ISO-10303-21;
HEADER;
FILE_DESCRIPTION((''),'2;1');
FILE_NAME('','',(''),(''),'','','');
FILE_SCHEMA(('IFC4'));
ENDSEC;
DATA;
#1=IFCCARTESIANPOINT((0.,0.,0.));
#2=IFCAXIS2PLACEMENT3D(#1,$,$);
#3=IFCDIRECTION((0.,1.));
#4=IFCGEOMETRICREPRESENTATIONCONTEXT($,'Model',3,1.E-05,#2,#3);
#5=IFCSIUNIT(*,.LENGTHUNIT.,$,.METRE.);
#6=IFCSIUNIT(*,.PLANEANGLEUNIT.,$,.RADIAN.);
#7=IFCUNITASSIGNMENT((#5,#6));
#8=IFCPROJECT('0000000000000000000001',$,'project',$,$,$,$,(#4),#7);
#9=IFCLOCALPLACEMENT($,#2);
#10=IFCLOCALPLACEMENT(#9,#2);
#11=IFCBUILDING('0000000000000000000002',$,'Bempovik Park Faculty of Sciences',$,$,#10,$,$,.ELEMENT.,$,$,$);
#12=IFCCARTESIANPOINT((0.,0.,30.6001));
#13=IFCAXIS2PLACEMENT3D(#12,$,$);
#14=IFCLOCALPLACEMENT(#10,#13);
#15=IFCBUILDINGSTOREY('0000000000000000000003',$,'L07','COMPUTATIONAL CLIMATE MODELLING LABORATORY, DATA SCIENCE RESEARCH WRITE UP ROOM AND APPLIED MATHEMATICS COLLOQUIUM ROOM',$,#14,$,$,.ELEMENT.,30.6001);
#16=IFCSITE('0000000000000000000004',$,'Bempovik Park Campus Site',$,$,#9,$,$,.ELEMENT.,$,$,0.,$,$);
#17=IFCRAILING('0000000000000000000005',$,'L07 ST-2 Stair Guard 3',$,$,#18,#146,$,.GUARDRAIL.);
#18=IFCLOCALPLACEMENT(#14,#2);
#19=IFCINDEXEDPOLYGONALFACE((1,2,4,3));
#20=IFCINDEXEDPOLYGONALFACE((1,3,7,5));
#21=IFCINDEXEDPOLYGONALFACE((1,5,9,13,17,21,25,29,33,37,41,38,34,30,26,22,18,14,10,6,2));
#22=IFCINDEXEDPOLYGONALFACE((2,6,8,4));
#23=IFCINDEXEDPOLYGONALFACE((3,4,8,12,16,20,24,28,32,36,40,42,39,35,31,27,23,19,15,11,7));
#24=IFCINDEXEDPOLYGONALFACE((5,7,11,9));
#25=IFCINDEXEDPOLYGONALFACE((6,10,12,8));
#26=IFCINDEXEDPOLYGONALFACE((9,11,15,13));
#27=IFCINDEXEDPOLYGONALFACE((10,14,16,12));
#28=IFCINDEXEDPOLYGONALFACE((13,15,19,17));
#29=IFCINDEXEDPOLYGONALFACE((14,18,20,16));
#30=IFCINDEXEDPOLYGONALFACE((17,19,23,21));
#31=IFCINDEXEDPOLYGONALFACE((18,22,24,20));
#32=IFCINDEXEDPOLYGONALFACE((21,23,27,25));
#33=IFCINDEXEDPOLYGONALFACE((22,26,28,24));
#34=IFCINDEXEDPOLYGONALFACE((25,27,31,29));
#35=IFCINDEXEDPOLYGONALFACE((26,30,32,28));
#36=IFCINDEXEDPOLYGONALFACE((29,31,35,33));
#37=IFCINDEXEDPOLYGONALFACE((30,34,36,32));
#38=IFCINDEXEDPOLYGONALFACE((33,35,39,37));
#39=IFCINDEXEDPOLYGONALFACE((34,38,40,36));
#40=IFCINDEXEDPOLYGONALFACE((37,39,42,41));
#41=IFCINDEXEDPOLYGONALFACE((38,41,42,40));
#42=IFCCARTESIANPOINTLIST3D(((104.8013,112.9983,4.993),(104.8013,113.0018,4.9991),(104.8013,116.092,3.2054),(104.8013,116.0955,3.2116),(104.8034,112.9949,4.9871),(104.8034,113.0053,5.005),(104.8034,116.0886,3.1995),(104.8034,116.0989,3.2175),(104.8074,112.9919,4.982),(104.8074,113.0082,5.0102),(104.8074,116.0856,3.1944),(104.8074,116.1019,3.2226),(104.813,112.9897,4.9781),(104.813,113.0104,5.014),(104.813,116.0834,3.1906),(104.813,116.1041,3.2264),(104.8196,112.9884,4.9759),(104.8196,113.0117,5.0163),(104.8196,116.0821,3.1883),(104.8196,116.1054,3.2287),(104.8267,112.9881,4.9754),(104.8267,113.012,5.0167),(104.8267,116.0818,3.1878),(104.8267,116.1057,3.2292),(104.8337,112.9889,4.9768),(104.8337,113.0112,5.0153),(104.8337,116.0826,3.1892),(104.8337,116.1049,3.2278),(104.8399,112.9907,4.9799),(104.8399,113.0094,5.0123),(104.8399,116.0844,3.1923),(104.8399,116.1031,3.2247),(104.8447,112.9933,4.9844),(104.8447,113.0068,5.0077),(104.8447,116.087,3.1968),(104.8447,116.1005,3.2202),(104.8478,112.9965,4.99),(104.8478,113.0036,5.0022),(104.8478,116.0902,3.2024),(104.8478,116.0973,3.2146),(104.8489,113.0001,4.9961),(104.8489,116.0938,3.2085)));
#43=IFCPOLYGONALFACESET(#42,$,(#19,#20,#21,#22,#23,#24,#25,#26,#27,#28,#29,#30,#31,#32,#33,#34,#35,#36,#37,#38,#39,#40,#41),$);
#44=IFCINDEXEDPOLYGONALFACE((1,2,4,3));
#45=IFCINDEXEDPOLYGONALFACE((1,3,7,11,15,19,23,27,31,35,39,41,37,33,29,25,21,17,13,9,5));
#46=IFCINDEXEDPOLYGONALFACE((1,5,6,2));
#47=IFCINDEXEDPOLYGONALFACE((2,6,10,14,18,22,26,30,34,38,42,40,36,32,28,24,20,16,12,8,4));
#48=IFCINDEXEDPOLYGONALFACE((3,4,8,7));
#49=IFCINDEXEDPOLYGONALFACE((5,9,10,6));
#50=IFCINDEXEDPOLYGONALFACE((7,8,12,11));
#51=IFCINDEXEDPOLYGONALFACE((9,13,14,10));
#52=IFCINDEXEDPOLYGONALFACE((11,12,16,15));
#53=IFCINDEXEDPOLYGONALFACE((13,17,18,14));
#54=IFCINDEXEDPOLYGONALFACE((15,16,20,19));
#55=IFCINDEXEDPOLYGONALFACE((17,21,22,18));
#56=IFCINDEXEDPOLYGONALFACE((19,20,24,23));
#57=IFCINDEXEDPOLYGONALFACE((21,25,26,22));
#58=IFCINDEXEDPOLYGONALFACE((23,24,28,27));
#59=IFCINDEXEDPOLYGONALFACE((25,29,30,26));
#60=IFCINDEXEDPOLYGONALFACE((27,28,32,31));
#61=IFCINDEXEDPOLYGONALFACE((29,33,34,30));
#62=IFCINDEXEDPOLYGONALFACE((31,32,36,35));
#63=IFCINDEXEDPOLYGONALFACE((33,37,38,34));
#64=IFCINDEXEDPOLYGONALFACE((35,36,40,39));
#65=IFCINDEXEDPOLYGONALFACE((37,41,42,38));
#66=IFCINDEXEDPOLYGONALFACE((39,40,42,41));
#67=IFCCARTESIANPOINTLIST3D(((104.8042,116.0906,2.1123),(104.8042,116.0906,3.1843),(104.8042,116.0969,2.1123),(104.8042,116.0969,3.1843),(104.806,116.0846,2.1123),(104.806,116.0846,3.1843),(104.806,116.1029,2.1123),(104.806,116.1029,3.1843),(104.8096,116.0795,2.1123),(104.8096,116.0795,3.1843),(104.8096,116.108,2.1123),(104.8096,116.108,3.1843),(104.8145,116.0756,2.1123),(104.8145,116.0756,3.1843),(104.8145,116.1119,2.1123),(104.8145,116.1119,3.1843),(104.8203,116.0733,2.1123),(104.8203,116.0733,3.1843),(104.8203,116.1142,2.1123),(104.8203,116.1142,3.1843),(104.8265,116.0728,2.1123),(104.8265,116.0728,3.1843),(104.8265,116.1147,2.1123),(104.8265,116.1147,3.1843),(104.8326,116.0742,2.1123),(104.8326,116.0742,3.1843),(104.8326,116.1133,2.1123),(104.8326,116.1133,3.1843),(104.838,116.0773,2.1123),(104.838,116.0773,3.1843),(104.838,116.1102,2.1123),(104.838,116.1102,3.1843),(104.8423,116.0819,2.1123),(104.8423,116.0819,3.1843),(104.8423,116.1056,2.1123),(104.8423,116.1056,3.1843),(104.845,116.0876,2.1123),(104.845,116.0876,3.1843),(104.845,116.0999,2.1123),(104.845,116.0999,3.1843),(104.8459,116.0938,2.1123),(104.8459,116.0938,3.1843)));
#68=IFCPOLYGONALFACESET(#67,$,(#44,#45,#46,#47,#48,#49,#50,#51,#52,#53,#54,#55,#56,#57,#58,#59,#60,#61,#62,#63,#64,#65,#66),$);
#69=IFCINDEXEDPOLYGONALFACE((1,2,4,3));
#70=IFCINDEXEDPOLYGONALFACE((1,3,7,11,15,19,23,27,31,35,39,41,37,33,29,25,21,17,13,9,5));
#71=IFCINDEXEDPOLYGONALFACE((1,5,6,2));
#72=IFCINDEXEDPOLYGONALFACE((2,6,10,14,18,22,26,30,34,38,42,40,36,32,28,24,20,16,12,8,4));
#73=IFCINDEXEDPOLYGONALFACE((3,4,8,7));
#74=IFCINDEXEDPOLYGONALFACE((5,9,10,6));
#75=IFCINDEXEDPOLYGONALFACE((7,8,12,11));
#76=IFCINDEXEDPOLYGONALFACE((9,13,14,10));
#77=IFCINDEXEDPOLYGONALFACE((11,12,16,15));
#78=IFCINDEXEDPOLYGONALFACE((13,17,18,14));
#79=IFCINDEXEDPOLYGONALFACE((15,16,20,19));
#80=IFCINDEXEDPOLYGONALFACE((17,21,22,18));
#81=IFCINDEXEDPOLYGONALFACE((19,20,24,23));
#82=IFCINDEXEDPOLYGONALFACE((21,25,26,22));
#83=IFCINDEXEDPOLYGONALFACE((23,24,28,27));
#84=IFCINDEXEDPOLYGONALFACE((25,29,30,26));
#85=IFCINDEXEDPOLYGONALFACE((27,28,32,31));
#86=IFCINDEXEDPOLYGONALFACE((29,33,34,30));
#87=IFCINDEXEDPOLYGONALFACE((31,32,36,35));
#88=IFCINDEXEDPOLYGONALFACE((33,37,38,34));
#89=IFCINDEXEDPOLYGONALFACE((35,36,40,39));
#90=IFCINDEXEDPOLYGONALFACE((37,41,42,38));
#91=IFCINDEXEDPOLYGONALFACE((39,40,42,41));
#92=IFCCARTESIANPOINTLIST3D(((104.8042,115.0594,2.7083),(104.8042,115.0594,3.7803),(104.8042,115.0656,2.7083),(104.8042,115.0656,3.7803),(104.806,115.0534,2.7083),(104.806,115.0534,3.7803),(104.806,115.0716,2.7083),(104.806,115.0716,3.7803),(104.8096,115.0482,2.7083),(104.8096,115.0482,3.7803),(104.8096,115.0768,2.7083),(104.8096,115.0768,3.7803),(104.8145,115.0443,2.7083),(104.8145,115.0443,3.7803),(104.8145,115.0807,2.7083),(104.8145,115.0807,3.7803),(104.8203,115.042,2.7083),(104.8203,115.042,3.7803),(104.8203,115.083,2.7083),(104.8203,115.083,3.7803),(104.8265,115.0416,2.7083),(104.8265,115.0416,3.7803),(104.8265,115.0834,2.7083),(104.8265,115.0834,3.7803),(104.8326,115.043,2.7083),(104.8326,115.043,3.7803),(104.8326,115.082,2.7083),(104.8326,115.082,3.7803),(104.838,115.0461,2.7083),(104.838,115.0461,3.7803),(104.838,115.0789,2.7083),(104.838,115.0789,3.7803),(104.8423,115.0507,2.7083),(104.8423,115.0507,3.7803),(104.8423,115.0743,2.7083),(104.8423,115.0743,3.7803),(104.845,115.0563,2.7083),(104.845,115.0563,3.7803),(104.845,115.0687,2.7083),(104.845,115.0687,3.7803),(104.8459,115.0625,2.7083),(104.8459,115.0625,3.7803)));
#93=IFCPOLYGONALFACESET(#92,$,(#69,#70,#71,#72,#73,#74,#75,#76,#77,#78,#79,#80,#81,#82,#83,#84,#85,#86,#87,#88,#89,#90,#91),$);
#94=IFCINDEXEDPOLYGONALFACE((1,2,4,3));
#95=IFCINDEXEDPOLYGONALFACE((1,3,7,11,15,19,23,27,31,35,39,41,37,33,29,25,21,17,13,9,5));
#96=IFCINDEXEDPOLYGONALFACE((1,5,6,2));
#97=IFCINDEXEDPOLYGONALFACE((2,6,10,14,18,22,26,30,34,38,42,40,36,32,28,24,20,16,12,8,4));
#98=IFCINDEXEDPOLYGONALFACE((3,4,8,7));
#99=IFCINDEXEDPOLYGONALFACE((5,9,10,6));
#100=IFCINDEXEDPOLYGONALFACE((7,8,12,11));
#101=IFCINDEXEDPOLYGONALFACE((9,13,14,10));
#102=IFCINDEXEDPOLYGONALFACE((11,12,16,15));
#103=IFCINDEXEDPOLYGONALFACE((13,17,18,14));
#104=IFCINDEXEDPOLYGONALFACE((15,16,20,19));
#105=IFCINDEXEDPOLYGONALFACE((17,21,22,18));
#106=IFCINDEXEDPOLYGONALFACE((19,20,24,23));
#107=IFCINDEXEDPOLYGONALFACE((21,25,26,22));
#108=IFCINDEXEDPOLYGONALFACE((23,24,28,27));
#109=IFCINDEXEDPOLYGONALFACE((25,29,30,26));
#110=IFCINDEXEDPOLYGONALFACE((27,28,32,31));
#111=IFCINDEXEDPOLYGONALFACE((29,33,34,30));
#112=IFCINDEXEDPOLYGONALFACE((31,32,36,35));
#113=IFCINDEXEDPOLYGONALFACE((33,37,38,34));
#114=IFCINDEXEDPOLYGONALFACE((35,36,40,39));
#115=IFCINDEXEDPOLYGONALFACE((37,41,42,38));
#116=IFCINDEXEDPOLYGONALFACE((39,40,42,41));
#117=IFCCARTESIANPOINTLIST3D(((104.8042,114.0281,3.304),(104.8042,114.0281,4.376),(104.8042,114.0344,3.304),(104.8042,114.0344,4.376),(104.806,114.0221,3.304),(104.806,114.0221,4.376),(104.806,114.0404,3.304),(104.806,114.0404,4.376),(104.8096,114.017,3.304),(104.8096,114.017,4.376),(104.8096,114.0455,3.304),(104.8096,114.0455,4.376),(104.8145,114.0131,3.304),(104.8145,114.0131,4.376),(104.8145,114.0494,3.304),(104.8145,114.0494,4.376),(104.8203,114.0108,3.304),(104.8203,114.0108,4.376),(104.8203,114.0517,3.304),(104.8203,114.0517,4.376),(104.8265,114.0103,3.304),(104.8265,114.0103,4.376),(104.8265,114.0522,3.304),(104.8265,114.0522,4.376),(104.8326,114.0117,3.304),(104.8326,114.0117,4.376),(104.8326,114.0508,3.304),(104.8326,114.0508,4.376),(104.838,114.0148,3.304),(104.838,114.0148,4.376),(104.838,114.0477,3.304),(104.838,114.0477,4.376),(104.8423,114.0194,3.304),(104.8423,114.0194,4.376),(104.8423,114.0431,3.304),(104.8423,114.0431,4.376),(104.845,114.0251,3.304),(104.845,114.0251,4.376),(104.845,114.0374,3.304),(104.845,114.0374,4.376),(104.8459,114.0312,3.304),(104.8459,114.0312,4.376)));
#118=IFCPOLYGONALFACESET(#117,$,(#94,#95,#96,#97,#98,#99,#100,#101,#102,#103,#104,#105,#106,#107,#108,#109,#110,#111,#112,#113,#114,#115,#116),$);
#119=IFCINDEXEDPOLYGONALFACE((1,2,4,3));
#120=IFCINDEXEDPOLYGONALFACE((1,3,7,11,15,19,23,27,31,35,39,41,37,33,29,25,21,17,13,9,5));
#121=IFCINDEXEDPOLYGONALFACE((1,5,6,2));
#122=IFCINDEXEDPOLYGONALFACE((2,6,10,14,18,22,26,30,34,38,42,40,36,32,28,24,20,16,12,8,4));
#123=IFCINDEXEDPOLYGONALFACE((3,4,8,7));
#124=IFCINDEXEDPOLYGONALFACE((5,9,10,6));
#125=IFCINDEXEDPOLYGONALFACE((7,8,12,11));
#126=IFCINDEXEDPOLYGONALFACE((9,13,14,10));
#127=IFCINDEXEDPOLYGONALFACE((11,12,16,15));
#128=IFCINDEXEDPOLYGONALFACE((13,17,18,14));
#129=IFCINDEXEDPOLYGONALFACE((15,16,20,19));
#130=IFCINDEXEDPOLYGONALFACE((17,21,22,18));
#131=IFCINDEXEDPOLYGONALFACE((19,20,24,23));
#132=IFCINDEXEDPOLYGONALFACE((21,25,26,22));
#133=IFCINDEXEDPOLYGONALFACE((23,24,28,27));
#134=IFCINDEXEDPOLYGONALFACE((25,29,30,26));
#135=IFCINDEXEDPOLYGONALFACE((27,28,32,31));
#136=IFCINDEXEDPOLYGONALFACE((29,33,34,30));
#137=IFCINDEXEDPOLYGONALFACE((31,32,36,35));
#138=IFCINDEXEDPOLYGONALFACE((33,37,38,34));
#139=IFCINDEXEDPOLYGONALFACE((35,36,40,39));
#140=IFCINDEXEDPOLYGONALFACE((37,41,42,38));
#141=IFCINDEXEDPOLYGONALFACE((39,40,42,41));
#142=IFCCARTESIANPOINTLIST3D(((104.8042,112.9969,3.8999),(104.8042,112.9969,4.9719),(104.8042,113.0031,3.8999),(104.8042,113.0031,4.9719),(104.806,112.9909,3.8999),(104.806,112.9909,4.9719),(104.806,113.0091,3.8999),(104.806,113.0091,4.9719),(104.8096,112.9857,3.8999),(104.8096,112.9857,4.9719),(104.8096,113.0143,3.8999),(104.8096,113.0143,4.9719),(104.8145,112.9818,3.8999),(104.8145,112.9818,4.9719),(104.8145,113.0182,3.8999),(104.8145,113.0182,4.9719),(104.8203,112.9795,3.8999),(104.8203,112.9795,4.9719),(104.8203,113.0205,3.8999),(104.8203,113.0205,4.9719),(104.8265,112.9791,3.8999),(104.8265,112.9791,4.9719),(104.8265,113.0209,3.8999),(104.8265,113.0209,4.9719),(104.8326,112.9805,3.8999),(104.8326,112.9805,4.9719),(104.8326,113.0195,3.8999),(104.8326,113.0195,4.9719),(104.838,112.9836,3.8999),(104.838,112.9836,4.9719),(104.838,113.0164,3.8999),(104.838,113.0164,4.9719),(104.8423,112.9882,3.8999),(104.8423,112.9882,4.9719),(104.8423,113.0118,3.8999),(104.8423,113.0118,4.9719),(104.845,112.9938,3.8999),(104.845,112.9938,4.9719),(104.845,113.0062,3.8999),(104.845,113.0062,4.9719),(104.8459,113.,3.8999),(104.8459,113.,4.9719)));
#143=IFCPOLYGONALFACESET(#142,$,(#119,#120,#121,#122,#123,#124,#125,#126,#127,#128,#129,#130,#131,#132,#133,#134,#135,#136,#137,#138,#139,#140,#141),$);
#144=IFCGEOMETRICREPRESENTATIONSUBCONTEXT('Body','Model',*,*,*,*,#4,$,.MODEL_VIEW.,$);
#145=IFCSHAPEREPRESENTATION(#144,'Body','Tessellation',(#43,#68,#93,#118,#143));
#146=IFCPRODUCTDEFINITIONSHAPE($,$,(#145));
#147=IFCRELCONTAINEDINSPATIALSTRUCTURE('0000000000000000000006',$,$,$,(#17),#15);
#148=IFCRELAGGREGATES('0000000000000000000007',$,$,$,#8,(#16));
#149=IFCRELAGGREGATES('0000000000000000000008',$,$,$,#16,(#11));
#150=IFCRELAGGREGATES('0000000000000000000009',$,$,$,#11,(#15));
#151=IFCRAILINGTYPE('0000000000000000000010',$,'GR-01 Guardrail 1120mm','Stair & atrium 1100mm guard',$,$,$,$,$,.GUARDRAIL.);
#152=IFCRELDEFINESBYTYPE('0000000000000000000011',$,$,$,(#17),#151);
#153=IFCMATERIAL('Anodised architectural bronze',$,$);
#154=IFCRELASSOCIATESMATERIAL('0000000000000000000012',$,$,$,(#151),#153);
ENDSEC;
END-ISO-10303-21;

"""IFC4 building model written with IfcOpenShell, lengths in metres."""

from ifc_helpers import new_model, si_unit, direction, frame, origin, origin_2d, place, context, subcontext, project, spatial, circle, extrude, material, type_object, element, save


model = new_model("IFC4")

# Units and contexts
model_context = context("Model", 3, precision=1e-05, world=origin(), true_north=direction((0.0, 1.0)))
body_context = subcontext(model_context, "Body", "Model", "MODEL_VIEW")
ifc_project = project(units=[si_unit("LENGTHUNIT", "METRE"), si_unit("PLANEANGLEUNIT", "RADIAN")], contexts=[model_context])

# Site, building, storey
site_placement = place(None, origin())
site = spatial("IfcSite", under=ifc_project, at=site_placement, Name="Bempovik Park Campus Site", CompositionType="ELEMENT", RefElevation=0.0)
building_placement = place(site_placement, origin())
building = spatial("IfcBuilding", under=site, at=building_placement, Name="Bempovik Park Faculty of Sciences", CompositionType="ELEMENT")
storey_placement = place(building_placement, frame((0.0, 0.0, 30.6001)))
storey = spatial("IfcBuildingStorey", under=building, at=storey_placement, Name="L07", Description="COMPUTATIONAL CLIMATE MODELLING LABORATORY, DATA SCIENCE RESEARCH WRITE UP ROOM AND APPLIED MATHEMATICS COLLOQUIUM ROOM", CompositionType="ELEMENT", Elevation=30.6001)

# Railing
ifc_material_1 = material(Name="Anodised architectural bronze")
railing_type_1 = type_object("IfcRailingType", Name="GR-01 Guardrail 1120mm", Description="Stair & atrium 1100mm guard", PredefinedType="GUARDRAIL", material=ifc_material_1)
railing_1_placement = place(storey_placement, frame((104.825, 116.0938, 2.1123)))
element("IfcRailing", 1, at=railing_1_placement, inside=storey, type_object=railing_type_1, Name="L07 ST-2 Stair Guard 3", PredefinedType="GUARDRAIL", context=body_context, shape_type="SweptSolid", body=[
    extrude(circle(Radius=0.0239, at=origin_2d()), frame((0.0, 0.0, 1.0962), z_axis=(0.0, -0.865853, 0.500298), x_axis=(1.0, 0.0, 0.0)), (0.0, 0.0, 1.0), 3.573),
    extrude(circle(Radius=0.021, at=origin_2d()), origin(), (0.0, 0.0, 1.0), 1.072),
    extrude(circle(Radius=0.021, at=origin_2d()), frame((0.0, -1.0312, 0.5959)), (0.0, 0.0, 1.0), 1.072),
    extrude(circle(Radius=0.021, at=origin_2d()), frame((0.0, -2.0625, 1.1917)), (0.0, 0.0, 1.0), 1.072),
    extrude(circle(Radius=0.021, at=origin_2d()), frame((0.0, -3.0938, 1.7876)), (0.0, 0.0, 1.0), 1.072),
])

save(model, "model.ifc")
